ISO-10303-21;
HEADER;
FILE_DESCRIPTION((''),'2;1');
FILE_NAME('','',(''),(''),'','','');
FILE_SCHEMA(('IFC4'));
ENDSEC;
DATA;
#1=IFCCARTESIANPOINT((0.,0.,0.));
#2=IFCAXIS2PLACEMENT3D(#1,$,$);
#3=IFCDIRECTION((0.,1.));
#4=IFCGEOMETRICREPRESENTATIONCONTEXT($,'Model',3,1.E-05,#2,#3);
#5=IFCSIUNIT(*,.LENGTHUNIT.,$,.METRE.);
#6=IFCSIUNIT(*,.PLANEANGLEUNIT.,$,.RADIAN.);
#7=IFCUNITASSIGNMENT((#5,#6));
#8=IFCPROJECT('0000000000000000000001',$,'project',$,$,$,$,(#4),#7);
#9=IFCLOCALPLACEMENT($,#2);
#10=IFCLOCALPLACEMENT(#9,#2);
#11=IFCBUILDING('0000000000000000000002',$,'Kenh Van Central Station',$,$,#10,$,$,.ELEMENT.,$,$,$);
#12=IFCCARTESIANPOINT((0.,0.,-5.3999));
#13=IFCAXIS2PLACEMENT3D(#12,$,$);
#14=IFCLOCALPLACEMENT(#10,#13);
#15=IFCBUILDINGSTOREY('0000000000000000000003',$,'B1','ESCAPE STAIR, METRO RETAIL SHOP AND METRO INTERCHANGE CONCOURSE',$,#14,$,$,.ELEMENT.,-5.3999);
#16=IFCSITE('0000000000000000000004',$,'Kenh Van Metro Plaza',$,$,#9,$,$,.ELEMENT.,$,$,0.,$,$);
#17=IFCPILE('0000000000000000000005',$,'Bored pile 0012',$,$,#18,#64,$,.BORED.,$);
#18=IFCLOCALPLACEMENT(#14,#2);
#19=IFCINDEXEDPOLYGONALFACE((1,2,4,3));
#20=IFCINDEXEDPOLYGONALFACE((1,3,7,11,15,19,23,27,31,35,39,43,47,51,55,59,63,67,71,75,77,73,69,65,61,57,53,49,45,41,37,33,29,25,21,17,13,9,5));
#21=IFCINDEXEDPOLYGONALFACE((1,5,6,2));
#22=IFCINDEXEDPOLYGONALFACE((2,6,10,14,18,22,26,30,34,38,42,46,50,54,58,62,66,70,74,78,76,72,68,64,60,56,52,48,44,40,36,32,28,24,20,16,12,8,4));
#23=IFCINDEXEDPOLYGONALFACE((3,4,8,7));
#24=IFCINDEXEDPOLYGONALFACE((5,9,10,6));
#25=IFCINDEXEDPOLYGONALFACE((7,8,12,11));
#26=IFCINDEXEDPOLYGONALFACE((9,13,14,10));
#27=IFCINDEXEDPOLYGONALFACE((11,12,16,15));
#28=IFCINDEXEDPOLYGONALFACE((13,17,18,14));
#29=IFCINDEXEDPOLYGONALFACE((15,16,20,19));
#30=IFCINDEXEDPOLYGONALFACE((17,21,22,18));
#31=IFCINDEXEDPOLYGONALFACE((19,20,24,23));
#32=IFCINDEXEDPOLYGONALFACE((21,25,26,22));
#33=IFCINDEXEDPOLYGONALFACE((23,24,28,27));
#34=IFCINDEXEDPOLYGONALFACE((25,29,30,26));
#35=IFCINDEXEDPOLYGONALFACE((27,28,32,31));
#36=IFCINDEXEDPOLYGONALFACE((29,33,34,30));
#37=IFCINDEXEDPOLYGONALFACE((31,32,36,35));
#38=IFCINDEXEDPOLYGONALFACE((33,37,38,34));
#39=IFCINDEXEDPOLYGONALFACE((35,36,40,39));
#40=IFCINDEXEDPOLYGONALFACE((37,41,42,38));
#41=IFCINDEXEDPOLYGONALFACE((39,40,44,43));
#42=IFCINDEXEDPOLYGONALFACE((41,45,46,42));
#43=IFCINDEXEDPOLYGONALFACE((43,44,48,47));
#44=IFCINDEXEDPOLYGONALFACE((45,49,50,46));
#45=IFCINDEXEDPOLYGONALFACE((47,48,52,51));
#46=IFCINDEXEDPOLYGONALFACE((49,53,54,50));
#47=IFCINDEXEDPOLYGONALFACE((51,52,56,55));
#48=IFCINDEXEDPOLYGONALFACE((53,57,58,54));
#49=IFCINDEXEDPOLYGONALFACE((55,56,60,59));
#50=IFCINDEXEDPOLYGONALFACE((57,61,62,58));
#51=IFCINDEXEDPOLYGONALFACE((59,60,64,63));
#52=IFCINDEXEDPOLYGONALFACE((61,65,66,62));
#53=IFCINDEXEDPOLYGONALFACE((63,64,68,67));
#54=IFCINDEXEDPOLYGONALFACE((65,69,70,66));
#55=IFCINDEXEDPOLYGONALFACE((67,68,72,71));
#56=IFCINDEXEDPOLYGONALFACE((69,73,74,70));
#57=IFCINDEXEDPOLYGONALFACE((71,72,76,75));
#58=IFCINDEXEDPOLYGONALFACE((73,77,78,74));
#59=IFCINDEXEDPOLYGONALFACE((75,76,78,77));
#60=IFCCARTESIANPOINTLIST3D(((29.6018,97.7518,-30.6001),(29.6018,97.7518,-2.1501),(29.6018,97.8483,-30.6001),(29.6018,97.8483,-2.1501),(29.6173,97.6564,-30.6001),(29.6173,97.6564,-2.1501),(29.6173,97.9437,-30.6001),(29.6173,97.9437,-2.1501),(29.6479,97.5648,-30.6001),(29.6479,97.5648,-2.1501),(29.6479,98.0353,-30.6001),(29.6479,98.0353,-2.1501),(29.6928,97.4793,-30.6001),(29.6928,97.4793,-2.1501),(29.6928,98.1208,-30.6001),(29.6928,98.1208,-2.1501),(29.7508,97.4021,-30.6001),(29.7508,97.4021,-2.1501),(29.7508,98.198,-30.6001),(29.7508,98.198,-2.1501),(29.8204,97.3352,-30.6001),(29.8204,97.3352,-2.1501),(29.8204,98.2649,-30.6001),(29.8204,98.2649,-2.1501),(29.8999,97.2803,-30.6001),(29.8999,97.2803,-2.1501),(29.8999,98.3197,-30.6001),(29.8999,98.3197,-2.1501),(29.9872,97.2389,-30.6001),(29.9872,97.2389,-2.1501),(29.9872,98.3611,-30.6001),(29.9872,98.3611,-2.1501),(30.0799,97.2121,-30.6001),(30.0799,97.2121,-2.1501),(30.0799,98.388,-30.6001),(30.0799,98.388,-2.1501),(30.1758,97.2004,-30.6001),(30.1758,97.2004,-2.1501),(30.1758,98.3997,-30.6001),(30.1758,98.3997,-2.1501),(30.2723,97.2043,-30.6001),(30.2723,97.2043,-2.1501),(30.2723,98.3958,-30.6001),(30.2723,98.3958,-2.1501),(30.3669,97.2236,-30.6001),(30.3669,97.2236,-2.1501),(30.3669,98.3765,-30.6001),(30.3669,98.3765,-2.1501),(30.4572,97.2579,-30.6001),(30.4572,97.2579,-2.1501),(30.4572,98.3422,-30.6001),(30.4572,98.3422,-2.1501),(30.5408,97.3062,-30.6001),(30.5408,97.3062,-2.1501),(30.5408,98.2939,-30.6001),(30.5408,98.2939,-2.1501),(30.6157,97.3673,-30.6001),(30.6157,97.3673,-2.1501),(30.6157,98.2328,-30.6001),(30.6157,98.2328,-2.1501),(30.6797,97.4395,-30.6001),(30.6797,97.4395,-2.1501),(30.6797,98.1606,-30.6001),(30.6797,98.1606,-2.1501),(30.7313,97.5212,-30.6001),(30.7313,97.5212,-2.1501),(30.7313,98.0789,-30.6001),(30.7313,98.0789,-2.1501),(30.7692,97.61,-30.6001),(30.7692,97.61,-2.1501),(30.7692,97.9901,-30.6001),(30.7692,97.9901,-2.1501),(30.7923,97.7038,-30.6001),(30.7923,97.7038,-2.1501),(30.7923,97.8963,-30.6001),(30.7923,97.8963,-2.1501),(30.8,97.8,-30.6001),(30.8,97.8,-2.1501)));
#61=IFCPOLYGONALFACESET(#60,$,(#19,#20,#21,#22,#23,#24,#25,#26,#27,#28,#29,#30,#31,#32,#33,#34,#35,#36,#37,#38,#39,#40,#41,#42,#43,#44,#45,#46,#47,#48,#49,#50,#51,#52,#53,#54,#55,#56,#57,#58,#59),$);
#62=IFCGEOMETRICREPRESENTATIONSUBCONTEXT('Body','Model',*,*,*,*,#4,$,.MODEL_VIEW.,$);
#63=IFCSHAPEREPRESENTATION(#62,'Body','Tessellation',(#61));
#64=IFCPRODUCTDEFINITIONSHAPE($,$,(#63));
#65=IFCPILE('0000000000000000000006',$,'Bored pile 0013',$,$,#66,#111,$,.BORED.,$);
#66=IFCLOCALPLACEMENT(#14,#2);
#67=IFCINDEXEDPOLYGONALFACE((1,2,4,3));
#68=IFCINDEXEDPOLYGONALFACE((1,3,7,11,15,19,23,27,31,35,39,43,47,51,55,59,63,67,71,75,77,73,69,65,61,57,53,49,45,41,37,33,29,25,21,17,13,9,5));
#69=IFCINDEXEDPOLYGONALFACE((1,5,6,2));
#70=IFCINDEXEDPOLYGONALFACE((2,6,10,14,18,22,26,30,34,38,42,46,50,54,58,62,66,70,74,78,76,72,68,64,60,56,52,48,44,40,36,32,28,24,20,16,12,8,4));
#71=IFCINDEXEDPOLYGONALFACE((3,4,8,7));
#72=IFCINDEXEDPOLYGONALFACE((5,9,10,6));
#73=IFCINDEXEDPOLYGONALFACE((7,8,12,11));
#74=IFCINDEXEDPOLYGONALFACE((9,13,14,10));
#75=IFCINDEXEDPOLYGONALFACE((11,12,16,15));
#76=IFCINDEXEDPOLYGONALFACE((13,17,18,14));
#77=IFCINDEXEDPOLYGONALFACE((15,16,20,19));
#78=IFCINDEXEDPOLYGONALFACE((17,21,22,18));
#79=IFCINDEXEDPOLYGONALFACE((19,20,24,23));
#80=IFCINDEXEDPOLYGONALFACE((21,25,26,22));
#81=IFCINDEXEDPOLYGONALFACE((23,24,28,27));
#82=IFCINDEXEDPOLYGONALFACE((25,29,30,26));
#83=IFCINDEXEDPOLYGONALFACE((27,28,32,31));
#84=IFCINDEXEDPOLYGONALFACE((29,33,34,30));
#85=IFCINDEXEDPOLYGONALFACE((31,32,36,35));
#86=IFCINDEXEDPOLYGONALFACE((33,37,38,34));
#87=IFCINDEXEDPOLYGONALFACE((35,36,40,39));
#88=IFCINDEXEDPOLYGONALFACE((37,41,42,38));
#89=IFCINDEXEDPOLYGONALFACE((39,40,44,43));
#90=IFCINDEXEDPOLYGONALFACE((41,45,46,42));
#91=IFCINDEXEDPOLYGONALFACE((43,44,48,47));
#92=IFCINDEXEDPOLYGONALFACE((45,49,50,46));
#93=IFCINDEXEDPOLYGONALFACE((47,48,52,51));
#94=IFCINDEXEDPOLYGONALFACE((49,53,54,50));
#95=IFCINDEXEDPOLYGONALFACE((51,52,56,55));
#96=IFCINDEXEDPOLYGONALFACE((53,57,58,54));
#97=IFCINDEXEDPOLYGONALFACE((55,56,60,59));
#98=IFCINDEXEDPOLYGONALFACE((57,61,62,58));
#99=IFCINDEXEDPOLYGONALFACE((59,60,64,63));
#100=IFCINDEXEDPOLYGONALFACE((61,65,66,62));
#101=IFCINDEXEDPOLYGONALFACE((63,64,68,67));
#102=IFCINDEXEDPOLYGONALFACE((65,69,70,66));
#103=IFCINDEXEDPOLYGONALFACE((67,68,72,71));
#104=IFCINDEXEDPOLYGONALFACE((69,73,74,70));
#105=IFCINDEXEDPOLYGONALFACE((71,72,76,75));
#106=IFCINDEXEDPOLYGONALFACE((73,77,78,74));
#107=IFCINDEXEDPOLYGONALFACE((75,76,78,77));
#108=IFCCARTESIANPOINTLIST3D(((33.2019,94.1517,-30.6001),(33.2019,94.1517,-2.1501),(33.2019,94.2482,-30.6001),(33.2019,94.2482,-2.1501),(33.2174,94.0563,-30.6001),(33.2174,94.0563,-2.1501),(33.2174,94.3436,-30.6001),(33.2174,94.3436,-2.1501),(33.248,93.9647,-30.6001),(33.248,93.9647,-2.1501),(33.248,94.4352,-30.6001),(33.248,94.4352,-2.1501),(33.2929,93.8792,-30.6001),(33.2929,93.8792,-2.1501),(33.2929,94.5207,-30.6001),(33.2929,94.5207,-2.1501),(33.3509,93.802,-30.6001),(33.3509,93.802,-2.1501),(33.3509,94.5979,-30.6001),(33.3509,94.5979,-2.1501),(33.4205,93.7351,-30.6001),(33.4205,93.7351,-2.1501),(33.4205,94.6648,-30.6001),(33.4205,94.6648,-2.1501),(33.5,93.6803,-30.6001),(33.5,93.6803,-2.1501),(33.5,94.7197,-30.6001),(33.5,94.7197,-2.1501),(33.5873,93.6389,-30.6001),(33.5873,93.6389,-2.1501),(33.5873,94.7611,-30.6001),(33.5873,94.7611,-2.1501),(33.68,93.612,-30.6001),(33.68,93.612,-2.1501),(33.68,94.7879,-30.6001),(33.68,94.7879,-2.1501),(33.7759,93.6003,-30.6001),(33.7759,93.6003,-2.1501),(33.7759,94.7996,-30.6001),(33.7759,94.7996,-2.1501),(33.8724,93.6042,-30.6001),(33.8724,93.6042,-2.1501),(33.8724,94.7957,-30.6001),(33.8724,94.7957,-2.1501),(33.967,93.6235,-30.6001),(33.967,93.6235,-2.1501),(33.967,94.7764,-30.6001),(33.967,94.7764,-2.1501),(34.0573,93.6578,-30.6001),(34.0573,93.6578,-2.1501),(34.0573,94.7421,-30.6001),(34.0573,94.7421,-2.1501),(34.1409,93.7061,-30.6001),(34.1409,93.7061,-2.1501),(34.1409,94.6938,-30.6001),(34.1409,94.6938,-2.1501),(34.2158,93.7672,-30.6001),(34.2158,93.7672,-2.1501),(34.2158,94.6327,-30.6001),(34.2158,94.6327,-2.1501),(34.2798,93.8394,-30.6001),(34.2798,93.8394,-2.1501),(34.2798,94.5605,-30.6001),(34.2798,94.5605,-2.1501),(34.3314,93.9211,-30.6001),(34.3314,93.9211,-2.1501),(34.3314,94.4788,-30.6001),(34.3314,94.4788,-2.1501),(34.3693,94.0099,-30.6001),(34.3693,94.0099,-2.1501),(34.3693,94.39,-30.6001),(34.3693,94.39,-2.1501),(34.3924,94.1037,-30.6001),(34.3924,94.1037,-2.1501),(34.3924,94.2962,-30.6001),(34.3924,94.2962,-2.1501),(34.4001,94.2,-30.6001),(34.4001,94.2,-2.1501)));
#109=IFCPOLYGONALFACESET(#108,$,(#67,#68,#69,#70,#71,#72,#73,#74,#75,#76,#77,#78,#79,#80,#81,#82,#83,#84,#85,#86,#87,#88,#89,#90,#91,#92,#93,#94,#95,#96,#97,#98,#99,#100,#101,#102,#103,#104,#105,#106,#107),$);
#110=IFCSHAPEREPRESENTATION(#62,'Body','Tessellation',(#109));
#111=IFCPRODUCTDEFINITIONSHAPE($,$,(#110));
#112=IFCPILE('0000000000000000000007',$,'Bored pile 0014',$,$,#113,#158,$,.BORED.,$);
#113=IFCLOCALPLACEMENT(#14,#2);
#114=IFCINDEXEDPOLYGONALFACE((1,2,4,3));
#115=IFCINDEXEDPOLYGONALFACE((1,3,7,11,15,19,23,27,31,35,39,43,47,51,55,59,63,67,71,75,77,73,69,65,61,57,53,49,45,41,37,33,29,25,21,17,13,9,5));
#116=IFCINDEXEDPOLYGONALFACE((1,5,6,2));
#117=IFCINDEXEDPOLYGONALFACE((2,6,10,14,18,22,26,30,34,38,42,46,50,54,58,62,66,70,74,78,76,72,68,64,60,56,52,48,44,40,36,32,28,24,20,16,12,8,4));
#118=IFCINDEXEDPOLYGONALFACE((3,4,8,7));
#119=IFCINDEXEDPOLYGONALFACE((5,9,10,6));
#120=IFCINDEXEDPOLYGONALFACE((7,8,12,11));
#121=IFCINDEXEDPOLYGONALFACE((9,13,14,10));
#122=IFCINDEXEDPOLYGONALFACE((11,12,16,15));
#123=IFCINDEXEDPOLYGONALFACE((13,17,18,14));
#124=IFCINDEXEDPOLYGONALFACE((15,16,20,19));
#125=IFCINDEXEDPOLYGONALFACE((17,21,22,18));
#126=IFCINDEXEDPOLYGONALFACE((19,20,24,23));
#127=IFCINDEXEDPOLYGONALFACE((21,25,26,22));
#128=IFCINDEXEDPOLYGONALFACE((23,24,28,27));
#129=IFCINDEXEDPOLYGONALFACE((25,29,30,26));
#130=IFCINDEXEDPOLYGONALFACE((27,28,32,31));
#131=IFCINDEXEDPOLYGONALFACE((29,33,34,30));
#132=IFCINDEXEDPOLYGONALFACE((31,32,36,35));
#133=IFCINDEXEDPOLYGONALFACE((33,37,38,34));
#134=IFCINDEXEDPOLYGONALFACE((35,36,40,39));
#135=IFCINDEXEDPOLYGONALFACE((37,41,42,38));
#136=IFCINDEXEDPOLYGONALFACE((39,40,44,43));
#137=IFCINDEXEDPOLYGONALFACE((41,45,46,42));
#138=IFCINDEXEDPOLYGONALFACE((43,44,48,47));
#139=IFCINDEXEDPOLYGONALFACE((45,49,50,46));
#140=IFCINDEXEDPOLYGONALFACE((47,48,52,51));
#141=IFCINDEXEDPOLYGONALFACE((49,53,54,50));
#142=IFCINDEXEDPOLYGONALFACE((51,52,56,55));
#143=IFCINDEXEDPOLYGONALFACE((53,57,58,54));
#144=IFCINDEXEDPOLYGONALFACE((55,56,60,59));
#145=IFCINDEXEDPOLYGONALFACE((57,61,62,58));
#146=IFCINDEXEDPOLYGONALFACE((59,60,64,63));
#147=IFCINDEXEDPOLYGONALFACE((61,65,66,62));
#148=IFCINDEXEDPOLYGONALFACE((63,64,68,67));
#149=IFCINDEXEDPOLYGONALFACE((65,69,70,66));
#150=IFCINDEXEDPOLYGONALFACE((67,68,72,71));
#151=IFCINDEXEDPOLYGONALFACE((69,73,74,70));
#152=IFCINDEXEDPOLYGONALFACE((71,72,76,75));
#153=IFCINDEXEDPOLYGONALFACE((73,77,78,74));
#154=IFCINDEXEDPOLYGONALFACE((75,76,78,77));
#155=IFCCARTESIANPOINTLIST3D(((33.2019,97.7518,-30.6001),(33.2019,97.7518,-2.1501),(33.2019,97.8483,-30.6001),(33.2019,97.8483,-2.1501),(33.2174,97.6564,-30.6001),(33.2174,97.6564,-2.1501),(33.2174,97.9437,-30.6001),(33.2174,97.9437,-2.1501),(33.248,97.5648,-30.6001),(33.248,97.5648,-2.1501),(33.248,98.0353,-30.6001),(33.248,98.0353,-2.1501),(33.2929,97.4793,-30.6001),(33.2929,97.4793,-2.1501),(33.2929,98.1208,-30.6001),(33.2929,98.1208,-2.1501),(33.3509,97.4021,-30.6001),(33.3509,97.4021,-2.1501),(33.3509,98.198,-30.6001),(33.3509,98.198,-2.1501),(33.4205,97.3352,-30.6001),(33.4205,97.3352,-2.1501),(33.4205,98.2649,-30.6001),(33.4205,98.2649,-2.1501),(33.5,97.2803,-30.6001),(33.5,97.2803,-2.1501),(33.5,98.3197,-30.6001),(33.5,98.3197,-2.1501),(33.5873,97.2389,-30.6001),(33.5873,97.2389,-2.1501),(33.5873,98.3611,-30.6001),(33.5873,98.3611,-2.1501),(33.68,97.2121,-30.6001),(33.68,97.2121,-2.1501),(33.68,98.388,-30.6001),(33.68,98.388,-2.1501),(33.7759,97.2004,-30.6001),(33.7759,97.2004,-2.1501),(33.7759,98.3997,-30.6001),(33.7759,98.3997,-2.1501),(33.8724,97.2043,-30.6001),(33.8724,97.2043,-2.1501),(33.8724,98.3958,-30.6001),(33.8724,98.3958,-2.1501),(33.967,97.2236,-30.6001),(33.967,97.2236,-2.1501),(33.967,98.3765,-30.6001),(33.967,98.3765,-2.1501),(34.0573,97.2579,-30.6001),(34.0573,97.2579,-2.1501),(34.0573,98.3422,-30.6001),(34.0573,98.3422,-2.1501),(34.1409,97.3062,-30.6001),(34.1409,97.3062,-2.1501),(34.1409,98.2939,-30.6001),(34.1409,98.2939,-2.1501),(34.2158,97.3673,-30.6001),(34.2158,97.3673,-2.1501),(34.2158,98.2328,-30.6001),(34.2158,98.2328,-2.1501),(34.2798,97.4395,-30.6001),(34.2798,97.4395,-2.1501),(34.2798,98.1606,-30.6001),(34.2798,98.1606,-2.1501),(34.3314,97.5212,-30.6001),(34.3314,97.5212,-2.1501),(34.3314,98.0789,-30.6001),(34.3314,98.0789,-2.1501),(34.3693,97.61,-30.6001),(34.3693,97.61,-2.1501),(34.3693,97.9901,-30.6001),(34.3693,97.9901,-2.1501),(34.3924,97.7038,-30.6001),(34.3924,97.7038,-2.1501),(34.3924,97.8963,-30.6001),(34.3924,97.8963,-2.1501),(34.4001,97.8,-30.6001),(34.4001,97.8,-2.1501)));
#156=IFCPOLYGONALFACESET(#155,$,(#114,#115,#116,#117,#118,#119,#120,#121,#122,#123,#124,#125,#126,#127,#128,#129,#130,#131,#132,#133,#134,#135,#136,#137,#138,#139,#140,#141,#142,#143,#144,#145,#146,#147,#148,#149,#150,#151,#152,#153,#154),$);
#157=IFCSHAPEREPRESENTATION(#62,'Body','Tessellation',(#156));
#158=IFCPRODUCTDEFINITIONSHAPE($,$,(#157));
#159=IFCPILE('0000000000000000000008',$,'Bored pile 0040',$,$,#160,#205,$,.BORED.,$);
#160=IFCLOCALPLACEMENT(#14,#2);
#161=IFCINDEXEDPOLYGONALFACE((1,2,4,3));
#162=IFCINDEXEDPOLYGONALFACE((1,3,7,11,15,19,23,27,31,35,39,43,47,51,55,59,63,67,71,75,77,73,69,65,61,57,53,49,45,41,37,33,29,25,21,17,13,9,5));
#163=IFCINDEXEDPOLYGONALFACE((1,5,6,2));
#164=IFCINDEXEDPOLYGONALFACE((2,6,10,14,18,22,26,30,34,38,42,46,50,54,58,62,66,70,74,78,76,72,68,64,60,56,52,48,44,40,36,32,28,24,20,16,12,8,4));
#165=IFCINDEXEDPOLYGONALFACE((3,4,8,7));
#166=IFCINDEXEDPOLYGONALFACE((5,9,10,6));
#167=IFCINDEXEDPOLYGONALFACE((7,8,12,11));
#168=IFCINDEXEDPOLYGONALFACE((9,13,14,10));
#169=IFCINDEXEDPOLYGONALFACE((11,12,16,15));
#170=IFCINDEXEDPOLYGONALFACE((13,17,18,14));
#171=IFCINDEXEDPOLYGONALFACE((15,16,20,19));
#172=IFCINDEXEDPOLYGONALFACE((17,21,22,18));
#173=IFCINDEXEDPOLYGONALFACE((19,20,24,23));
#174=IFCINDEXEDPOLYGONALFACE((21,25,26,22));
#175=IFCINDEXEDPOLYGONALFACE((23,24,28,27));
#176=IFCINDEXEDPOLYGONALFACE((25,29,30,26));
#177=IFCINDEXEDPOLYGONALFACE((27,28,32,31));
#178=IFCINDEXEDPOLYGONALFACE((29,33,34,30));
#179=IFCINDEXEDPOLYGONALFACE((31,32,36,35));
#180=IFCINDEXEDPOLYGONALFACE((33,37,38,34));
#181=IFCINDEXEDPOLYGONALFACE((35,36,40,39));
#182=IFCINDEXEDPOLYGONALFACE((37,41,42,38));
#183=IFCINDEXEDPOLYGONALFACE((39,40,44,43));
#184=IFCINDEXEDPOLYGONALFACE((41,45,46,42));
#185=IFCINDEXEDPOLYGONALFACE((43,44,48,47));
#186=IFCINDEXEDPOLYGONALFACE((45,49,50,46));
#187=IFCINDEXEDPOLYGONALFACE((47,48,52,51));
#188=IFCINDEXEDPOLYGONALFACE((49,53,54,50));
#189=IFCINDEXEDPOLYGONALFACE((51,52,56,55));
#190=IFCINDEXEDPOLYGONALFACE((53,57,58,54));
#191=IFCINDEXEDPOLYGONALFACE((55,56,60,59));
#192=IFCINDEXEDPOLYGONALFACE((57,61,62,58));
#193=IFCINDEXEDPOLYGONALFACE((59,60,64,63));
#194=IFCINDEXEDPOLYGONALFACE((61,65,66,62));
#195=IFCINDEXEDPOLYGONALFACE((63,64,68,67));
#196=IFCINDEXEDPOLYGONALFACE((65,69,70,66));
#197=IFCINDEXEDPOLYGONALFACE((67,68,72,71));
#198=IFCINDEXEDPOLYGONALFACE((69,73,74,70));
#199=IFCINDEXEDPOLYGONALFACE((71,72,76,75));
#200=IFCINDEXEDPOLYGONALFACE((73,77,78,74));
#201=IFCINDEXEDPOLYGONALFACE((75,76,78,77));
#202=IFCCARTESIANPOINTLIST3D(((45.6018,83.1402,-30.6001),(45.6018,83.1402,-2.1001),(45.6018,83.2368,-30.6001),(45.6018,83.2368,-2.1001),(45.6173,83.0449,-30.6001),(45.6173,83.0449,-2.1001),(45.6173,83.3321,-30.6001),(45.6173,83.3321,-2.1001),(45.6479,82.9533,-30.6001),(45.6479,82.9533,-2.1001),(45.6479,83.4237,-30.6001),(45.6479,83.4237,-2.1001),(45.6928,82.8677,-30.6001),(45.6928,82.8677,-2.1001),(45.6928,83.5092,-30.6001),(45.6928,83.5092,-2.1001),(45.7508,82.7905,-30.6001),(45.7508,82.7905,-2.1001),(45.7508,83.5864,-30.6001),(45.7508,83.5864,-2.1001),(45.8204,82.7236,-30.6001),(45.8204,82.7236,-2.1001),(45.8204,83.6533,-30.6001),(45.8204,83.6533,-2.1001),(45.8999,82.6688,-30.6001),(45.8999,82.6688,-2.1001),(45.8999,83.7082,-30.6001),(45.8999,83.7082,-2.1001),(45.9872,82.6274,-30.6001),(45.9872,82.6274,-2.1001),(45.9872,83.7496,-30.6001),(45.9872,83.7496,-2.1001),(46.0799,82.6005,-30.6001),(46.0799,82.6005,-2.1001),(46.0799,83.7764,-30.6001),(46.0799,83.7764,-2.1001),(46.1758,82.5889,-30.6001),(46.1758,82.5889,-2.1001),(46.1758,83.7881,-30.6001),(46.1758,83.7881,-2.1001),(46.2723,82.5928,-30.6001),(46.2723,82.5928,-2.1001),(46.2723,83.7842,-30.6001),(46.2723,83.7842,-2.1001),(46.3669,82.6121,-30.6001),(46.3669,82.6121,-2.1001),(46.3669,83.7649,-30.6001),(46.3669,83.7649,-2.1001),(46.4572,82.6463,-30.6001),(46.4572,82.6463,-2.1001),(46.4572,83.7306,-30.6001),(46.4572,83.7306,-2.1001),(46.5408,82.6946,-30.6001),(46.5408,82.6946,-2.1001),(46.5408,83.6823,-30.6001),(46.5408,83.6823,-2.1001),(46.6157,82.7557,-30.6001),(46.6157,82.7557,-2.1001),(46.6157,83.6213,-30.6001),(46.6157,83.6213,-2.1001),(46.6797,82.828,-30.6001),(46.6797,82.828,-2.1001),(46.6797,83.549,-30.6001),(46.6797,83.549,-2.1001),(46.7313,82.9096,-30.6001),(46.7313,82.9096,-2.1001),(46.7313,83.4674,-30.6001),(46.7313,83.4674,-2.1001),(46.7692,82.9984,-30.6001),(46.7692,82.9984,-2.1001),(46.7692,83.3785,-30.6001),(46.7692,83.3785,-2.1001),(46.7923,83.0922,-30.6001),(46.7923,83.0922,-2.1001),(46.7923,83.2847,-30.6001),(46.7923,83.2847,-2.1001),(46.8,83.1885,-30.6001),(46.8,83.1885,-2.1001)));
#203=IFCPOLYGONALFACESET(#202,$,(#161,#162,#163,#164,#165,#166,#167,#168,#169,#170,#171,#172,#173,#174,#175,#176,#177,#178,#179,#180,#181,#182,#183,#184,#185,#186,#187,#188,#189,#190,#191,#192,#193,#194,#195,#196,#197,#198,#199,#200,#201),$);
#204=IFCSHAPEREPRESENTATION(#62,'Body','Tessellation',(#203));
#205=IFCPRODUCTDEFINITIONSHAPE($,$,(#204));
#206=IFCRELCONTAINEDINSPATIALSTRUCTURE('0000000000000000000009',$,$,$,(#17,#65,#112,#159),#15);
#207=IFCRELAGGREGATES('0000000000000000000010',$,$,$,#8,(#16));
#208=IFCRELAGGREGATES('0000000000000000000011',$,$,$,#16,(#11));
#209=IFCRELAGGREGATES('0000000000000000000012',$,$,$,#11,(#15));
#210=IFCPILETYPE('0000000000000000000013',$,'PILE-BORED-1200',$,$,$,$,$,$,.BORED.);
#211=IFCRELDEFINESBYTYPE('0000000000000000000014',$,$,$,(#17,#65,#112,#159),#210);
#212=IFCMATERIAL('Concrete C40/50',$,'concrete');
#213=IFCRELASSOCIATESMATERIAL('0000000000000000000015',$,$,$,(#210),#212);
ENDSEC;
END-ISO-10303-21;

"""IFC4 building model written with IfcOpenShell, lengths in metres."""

from ifc_helpers import new_model, si_unit, direction, frame, origin, origin_2d, place, context, subcontext, project, spatial, circle, extrude, material, material_profile, profile_set, type_object, element, save


model = new_model("IFC4")

# Units and contexts
model_context = context("Model", 3, precision=1e-05, world=origin(), true_north=direction((0.0, 1.0)))
body_context = subcontext(model_context, "Body", "Model", "MODEL_VIEW")
ifc_project = project(units=[si_unit("LENGTHUNIT", "METRE"), si_unit("PLANEANGLEUNIT", "RADIAN")], contexts=[model_context])

# Site, building, storey
site_placement = place(None, origin())
site = spatial("IfcSite", under=ifc_project, at=site_placement, Name="Kenh Van Metro Plaza", CompositionType="ELEMENT", RefElevation=0.0)
building_placement = place(site_placement, origin())
building = spatial("IfcBuilding", under=site, at=building_placement, Name="Kenh Van Central Station", CompositionType="ELEMENT")
storey_placement = place(building_placement, frame((0.0, 0.0, -5.3999)))
storey = spatial("IfcBuildingStorey", under=building, at=storey_placement, Name="B1", Description="ESCAPE STAIR, METRO RETAIL SHOP AND METRO INTERCHANGE CONCOURSE", CompositionType="ELEMENT", Elevation=-5.3999)

# Shared definitions
ifc_material = material(Name="Concrete C40/50", Category="concrete")

# Piles
ifc_material_profile_1 = material_profile(ifc_material, circle(Radius=0.6001, at=origin_2d()), Name="PILE D1200")
ifc_profile_set_1 = profile_set([ifc_material_profile_1], Name="Concrete C40/50")
pile_type_1 = type_object("IfcPileType", Name="PILE-BORED-1200", PredefinedType="BORED", material=ifc_profile_set_1)
for number, where, z_axis, x_axis, name in (
    (1, (30.2, 97.8, -2.1501), (0.0, 0.0, -1.0), (1.0, 0.0, 0.0), "Bored pile 0012"),
    (2, (33.8, 94.2, -2.1501), (0.0, 0.0, -1.0), (1.0, 0.0, 0.0), "Bored pile 0013"),
    (3, (33.8, 97.8, -2.1501), (0.0, 0.0, -1.0), (1.0, 0.0, 0.0), "Bored pile 0014"),
):
    element("IfcPile", number, at=place(storey_placement, frame(where, z_axis=z_axis, x_axis=x_axis)), inside=storey, type_object=pile_type_1, Name=name, PredefinedType="BORED", context=body_context, shape_type="SweptSolid", body=[
        extrude(circle(Radius=0.6001, at=origin_2d()), origin(), (0.0, 0.0, 1.0), 28.45),
    ])
for number, where, z_axis, x_axis, name in (
    (4, (46.2, 83.1885, -2.1001), (0.0, 0.0, -1.0), (1.0, 0.0, 0.0), "Bored pile 0040"),
):
    element("IfcPile", number, at=place(storey_placement, frame(where, z_axis=z_axis, x_axis=x_axis)), inside=storey, type_object=pile_type_1, Name=name, PredefinedType="BORED", context=body_context, shape_type="SweptSolid", body=[
        extrude(circle(Radius=0.6001, at=origin_2d()), origin(), (0.0, 0.0, 1.0), 28.5),
    ])

save(model, "model.ifc")
